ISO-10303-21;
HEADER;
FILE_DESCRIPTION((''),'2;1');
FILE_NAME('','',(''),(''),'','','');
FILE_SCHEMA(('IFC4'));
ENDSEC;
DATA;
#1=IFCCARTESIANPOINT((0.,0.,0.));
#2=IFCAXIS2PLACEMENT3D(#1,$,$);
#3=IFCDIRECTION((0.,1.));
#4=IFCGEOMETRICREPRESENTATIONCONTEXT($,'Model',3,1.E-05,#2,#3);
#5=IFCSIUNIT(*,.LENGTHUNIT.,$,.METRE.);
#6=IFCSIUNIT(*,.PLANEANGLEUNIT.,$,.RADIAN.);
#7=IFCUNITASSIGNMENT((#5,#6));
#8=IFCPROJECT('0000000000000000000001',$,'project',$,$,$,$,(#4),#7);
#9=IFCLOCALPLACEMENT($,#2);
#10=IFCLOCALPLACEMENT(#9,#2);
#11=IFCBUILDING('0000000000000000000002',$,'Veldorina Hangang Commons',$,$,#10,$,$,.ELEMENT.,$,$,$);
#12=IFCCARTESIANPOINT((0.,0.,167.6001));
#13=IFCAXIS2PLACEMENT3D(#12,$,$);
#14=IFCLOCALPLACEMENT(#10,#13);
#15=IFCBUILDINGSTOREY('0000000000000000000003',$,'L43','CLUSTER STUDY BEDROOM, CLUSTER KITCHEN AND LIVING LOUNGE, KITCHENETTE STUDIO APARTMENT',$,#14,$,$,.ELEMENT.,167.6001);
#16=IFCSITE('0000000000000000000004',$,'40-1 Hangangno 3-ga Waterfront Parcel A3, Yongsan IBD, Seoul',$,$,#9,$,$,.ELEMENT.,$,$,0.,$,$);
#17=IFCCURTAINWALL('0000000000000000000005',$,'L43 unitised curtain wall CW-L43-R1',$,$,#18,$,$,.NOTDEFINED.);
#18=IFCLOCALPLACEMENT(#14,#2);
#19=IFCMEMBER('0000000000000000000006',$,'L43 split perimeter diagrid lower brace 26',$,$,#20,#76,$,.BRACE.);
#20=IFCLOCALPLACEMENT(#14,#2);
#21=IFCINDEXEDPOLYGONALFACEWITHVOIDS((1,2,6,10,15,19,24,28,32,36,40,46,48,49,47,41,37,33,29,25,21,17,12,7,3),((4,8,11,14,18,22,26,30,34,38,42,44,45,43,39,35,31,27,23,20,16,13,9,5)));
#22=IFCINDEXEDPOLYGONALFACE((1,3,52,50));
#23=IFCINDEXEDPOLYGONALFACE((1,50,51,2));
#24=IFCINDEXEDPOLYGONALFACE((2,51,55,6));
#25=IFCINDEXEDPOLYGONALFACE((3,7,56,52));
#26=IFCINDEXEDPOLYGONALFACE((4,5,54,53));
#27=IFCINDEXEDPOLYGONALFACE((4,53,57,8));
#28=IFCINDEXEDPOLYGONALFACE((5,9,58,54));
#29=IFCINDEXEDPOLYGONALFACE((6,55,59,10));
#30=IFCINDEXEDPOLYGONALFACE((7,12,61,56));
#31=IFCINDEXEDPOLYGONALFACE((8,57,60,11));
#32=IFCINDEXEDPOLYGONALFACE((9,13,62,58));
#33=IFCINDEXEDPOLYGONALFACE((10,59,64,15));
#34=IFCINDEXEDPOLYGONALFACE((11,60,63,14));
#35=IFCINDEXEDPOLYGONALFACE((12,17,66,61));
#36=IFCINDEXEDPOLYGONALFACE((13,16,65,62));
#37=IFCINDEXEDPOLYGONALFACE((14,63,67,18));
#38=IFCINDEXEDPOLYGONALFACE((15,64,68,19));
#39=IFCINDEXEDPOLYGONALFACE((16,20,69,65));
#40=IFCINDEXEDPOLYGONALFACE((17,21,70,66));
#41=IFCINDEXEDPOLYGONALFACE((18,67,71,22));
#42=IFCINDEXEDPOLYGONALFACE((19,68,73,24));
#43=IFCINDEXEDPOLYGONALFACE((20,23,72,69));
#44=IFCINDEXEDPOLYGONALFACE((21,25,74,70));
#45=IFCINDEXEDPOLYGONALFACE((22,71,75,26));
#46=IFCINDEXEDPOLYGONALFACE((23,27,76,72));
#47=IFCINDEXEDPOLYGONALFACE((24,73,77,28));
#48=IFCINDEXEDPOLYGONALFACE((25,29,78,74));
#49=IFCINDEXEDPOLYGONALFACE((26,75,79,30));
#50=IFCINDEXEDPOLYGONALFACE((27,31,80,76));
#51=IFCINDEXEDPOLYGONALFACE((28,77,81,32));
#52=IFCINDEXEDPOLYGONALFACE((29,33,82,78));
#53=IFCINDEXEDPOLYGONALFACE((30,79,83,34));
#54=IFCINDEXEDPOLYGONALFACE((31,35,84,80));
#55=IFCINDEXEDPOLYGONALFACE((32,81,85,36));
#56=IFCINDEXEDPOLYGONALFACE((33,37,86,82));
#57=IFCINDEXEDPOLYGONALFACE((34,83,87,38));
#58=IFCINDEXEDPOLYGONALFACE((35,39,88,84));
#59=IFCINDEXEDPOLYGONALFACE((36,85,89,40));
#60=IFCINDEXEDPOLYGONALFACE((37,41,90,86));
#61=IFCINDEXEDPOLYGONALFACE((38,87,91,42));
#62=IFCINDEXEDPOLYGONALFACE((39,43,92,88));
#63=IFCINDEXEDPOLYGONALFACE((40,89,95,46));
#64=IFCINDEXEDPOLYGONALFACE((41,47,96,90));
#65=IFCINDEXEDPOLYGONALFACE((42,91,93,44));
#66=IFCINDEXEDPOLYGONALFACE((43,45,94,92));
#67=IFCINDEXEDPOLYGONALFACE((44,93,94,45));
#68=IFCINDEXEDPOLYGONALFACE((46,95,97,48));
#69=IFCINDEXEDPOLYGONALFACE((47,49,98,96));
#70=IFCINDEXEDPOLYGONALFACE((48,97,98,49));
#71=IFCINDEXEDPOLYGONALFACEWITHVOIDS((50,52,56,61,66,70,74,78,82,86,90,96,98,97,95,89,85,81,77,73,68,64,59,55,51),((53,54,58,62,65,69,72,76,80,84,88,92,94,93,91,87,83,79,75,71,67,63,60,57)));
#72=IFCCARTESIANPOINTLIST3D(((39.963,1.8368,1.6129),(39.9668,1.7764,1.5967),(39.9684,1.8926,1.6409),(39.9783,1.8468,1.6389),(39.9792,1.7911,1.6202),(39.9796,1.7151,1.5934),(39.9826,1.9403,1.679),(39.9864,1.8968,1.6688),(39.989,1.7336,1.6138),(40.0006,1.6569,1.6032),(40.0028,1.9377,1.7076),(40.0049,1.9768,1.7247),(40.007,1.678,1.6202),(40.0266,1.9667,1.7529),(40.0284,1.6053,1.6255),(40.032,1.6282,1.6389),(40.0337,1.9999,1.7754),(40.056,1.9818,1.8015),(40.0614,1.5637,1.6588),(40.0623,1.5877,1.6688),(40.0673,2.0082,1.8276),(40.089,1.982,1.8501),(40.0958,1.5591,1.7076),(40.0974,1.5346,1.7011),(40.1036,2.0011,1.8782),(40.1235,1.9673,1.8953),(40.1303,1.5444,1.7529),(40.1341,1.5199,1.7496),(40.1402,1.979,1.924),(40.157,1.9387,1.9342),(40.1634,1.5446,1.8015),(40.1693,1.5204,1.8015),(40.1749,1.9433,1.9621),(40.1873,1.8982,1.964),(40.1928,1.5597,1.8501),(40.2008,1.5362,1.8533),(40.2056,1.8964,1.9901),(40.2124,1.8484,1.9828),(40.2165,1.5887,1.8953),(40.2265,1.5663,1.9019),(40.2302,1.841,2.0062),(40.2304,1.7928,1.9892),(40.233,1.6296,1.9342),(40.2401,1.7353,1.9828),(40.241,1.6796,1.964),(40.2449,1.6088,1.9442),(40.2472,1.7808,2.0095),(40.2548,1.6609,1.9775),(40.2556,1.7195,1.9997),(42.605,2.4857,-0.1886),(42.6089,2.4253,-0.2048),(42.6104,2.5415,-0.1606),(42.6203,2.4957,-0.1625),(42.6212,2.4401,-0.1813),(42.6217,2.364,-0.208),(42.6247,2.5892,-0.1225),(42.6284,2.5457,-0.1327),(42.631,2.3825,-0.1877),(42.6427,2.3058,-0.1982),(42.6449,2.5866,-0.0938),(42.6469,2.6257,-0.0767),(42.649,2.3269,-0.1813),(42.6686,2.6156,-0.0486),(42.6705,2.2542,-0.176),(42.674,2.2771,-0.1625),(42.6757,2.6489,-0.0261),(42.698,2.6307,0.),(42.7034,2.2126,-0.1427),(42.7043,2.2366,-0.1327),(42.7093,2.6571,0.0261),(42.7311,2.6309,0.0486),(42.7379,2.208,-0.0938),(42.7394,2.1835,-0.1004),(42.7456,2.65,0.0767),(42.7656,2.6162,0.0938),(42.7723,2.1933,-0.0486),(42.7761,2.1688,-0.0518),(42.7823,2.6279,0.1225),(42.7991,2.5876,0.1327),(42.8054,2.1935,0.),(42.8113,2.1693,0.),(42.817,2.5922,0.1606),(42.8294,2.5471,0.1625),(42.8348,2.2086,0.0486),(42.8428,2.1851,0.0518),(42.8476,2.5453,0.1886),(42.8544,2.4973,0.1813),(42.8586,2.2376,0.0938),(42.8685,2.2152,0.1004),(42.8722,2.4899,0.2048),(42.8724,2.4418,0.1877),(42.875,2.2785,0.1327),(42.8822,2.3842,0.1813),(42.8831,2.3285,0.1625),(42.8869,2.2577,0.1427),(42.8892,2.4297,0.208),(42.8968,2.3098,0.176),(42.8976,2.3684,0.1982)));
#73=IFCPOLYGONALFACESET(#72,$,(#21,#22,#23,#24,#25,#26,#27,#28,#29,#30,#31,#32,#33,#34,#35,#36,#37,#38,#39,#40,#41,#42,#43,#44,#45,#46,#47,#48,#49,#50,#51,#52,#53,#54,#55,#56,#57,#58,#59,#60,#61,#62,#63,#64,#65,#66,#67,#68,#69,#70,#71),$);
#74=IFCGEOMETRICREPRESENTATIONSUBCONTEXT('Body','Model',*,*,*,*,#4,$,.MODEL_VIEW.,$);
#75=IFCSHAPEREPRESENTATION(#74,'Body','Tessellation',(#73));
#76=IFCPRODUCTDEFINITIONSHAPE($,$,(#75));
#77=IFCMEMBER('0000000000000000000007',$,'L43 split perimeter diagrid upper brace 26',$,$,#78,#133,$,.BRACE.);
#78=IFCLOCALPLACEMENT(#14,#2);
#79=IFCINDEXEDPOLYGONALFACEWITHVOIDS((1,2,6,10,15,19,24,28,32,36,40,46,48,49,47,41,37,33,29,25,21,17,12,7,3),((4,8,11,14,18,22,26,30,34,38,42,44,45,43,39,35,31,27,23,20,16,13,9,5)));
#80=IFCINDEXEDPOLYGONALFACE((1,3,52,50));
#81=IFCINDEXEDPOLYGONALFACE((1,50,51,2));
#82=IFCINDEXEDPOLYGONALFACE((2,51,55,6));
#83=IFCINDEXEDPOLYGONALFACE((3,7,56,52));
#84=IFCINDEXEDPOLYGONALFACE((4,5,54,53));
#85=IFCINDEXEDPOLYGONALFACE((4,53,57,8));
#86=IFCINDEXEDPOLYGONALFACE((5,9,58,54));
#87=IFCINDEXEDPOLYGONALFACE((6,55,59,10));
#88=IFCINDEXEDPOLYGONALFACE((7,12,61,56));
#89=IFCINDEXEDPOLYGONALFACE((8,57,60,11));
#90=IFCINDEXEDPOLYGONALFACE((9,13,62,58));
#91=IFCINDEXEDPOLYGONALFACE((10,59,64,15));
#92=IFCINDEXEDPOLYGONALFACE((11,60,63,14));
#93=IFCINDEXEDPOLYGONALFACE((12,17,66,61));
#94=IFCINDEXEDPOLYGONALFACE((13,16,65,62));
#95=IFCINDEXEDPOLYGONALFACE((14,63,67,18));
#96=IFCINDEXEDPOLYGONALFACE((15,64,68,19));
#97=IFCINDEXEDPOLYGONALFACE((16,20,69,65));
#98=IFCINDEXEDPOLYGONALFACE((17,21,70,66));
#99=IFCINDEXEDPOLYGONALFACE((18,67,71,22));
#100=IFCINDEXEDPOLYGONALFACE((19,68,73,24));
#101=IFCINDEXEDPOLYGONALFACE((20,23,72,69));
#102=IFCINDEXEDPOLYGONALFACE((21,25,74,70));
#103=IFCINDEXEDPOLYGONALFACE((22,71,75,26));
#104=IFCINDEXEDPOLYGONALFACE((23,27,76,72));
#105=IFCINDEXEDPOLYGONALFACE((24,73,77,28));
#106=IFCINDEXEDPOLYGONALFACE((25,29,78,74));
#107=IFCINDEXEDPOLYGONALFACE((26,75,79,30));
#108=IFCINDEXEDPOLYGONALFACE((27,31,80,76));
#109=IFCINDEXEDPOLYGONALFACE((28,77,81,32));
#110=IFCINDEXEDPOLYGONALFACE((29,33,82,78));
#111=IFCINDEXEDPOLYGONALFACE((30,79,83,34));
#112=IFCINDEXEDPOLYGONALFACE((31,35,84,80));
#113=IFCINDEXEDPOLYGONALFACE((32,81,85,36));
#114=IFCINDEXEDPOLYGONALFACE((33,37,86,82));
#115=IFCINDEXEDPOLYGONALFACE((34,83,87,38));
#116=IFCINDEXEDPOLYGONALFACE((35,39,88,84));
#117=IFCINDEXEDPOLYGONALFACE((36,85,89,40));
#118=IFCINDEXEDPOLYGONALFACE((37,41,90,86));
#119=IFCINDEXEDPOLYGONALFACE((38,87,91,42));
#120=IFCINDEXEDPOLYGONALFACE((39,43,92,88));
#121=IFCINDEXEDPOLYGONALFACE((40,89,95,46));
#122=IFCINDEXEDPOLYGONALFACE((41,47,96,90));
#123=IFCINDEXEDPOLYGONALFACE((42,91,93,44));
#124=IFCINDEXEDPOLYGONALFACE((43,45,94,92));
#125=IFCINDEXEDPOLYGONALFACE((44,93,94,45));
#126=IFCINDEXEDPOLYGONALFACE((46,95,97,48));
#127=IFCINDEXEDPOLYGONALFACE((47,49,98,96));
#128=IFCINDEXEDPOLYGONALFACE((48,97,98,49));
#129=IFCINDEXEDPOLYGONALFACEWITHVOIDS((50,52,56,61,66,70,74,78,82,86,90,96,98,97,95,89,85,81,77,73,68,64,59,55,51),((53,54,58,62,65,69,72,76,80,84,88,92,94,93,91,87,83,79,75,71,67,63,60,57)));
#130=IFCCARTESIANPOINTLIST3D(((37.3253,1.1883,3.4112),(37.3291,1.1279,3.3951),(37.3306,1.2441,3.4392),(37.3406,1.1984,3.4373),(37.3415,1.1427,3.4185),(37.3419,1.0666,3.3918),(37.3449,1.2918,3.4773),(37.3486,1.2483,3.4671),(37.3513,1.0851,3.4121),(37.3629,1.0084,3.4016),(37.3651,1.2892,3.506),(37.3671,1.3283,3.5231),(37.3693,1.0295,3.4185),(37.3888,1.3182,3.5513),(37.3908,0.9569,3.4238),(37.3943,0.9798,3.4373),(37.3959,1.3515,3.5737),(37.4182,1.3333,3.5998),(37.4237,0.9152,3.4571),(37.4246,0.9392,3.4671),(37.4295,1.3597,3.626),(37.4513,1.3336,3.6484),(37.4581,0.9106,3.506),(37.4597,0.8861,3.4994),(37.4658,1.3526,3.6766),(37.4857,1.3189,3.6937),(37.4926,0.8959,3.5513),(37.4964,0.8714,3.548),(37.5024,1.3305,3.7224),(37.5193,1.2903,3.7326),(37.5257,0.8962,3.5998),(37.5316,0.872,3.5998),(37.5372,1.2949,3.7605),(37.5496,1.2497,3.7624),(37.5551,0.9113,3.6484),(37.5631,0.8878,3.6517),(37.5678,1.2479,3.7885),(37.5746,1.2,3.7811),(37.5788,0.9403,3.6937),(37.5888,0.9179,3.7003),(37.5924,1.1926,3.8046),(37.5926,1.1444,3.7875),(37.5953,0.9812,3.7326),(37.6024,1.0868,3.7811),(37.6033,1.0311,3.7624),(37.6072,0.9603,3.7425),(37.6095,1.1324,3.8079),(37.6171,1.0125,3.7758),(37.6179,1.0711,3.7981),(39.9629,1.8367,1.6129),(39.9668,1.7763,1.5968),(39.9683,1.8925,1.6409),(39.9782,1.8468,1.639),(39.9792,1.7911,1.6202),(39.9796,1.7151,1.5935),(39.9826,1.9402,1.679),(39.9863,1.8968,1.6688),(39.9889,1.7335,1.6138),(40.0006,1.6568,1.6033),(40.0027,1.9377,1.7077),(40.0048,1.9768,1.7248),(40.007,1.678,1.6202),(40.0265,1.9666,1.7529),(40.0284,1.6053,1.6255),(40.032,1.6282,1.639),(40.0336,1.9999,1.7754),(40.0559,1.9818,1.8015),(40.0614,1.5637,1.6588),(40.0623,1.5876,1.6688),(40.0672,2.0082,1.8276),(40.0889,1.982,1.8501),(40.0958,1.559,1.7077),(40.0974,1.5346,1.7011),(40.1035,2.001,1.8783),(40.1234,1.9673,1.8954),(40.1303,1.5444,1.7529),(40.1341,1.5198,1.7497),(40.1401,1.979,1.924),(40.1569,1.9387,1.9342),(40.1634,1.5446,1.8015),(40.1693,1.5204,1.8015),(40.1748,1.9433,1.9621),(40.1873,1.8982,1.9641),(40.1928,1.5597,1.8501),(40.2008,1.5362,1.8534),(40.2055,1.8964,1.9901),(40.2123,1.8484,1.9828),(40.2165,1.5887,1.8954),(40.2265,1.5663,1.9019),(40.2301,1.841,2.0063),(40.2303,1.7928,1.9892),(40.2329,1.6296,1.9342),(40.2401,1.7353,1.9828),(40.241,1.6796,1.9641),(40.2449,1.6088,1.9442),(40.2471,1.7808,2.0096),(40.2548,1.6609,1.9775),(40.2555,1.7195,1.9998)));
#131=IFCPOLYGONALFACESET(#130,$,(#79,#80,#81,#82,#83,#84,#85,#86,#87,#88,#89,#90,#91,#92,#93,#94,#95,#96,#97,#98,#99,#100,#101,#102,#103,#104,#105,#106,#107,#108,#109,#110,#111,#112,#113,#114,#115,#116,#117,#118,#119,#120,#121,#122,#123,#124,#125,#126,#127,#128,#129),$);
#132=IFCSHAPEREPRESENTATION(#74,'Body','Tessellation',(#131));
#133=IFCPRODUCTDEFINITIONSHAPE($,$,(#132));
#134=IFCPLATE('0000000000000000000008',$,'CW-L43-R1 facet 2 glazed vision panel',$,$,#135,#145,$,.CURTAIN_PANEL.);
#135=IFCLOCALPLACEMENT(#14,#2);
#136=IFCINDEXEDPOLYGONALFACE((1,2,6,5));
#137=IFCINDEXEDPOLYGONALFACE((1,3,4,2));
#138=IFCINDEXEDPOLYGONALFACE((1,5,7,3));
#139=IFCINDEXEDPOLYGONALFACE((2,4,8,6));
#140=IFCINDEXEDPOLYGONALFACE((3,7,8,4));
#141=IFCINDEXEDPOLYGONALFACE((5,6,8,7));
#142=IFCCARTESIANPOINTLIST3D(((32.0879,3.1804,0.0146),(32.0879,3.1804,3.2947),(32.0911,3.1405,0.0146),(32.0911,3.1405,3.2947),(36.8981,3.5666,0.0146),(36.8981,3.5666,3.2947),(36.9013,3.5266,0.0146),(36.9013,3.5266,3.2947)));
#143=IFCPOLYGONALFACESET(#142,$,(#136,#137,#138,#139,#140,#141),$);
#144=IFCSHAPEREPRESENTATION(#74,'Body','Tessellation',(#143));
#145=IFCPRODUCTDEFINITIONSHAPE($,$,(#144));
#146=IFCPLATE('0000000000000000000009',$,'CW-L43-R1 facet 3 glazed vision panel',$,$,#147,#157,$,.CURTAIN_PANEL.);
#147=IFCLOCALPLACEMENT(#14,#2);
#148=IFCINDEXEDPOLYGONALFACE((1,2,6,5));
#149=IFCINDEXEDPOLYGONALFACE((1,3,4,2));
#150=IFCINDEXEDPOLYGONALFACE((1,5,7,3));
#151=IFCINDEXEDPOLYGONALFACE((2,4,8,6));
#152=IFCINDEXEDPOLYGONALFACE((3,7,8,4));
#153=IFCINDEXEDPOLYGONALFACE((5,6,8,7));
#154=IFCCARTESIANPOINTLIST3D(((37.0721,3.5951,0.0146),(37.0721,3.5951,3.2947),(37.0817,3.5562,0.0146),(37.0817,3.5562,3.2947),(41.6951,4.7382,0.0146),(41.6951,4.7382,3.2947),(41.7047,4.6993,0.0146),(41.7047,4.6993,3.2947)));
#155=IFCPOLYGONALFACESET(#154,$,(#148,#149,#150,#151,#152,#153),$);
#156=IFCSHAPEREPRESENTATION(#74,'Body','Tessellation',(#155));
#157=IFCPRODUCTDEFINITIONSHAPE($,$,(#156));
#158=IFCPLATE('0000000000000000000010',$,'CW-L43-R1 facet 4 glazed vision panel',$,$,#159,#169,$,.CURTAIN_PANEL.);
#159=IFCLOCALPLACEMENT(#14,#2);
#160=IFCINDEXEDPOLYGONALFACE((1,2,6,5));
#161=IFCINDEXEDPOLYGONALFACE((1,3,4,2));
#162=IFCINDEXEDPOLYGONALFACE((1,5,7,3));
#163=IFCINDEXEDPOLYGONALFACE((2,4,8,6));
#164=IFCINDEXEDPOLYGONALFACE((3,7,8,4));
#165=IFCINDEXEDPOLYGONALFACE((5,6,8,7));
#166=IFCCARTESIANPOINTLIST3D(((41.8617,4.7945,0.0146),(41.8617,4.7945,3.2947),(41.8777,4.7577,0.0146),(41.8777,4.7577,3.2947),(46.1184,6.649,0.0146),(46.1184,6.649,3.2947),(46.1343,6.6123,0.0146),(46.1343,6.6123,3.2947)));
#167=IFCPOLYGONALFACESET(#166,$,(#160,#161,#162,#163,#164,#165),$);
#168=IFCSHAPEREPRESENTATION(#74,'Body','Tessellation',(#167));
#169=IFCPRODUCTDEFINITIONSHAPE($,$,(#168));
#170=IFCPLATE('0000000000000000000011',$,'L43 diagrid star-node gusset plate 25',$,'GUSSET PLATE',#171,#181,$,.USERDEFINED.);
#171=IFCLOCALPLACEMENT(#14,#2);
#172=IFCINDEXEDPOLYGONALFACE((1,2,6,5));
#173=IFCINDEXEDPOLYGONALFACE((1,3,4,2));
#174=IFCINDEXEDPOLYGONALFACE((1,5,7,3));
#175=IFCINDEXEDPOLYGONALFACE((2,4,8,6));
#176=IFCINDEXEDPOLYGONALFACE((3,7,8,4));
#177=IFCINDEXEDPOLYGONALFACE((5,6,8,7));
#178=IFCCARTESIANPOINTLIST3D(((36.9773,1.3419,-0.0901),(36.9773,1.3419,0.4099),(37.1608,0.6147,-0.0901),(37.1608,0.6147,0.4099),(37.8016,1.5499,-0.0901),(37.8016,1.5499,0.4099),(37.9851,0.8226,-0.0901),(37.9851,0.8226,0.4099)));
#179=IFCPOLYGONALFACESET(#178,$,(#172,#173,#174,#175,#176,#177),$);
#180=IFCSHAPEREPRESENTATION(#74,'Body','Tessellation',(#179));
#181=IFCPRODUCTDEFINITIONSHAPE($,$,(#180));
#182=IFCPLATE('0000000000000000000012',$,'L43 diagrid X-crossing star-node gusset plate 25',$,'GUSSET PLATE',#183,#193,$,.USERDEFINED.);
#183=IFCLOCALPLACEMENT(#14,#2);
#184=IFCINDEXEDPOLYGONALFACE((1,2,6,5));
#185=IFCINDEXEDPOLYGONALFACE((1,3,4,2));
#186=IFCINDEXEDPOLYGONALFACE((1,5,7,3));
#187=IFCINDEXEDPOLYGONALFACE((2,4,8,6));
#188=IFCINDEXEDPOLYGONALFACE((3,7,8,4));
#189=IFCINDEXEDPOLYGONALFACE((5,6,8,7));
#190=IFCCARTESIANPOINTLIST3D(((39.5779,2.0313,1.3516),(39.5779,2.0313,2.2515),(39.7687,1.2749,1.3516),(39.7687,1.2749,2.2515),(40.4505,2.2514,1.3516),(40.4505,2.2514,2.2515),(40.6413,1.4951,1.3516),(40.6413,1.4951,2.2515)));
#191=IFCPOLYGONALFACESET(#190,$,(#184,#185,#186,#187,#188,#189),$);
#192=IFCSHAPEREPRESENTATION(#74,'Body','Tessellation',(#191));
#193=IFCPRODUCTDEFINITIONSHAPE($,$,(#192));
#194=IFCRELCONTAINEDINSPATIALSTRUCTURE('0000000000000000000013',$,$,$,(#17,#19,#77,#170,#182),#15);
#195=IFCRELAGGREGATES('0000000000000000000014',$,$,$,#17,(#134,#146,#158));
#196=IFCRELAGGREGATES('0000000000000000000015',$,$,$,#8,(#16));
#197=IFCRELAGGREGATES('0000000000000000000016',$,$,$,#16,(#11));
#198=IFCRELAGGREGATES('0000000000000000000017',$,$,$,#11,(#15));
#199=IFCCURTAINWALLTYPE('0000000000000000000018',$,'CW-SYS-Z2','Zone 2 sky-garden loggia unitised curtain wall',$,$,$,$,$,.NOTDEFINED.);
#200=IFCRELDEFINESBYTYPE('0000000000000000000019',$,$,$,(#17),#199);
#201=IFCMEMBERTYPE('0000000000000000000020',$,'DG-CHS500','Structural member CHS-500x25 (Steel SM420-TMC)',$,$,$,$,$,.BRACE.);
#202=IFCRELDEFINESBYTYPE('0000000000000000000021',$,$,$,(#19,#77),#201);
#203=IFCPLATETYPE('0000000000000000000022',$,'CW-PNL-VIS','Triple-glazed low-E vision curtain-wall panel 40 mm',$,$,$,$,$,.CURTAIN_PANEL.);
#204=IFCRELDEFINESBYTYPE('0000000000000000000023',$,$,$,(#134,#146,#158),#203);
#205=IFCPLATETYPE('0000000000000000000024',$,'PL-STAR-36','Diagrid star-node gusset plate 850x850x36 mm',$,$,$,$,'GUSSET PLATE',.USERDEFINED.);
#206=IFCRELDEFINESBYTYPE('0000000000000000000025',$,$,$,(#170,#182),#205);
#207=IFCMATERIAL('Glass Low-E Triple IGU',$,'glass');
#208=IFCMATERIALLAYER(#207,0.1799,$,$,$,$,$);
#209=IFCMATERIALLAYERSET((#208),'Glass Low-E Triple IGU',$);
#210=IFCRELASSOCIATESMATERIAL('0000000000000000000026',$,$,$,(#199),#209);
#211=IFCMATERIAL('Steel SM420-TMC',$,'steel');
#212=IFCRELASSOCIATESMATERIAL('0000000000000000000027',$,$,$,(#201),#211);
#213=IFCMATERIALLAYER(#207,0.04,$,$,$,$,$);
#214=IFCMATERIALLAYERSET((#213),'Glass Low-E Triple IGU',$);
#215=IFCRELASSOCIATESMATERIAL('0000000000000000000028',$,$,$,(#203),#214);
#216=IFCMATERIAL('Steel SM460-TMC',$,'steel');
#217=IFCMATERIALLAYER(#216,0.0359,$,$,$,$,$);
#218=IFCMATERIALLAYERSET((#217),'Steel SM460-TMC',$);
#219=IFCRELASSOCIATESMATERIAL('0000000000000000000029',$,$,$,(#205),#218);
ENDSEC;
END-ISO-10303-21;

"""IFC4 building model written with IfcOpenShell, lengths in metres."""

from ifc_helpers import new_model, si_unit, direction, frame, origin, origin_2d, place, context, subcontext, project, spatial, rectangle, hollow_circle, extrude, material, layer, layer_set, material_profile, profile_set, type_object, element, aggregate, save


model = new_model("IFC4")

# Units and contexts
model_context = context("Model", 3, precision=1e-05, world=origin(), true_north=direction((0.0, 1.0)))
body_context = subcontext(model_context, "Body", "Model", "MODEL_VIEW")
ifc_project = project(units=[si_unit("LENGTHUNIT", "METRE"), si_unit("PLANEANGLEUNIT", "RADIAN")], contexts=[model_context])

# Site, building, storey
site_placement = place(None, origin())
site = spatial("IfcSite", under=ifc_project, at=site_placement, Name="40-1 Hangangno 3-ga Waterfront Parcel A3, Yongsan IBD, Seoul", CompositionType="ELEMENT", RefElevation=0.0)
building_placement = place(site_placement, origin())
building = spatial("IfcBuilding", under=site, at=building_placement, Name="Veldorina Hangang Commons", CompositionType="ELEMENT")
storey_placement = place(building_placement, frame((0.0, 0.0, 167.6001)))
storey = spatial("IfcBuildingStorey", under=building, at=storey_placement, Name="L43", Description="CLUSTER STUDY BEDROOM, CLUSTER KITCHEN AND LIVING LOUNGE, KITCHENETTE STUDIO APARTMENT", CompositionType="ELEMENT", Elevation=167.6001)

# Shared definitions
ifc_material_1 = material(Name="Steel SM420-TMC", Category="steel")

# Curtain wall
ifc_material_2 = material(Name="Glass Low-E Triple IGU", Category="glass")
ifc_layer_1 = layer(ifc_material_2, 0.1799)
ifc_layer_set_1 = layer_set([ifc_layer_1], Name="Glass Low-E Triple IGU")
curtain_wall_type = type_object("IfcCurtainWallType", Name="CW-SYS-Z2", Description="Zone 2 sky-garden loggia unitised curtain wall", PredefinedType="NOTDEFINED", material=ifc_layer_set_1)
curtain_wall_placement = place(storey_placement, origin())
curtain_wall = element("IfcCurtainWall", 1, at=curtain_wall_placement, inside=storey, type_object=curtain_wall_type, Name="L43 unitised curtain wall CW-L43-R1", PredefinedType="NOTDEFINED")

# Members
ifc_material_profile_1 = material_profile(ifc_material_1, hollow_circle(Radius=0.25, WallThickness=0.0249, at=origin_2d()), Name="CHS-500x25")
ifc_profile_set_1 = profile_set([ifc_material_profile_1], Name="Steel SM420-TMC")
member_type_1 = type_object("IfcMemberType", Name="DG-CHS500", Description="Structural member CHS-500x25 (Steel SM420-TMC)", PredefinedType="BRACE", material=ifc_profile_set_1)
member_1_placement = place(storey_placement, frame((42.7517, 2.4121, 0.0), z_axis=(-0.809711, -0.198874, 0.552103), x_axis=(0.238522, -0.971137, 0.0)))
element("IfcMember", 2, at=member_1_placement, inside=storey, type_object=member_type_1, Name="L43 split perimeter diagrid lower brace 26", PredefinedType="BRACE", context=body_context, shape_type="SweptSolid", body=[
    extrude(hollow_circle(Radius=0.25, WallThickness=0.0249, at=origin_2d()), origin(), (0.0, 0.0, 1.0), 3.2629),
])
member_2_placement = place(storey_placement, frame((40.1096, 1.7632, 1.8015), z_axis=(-0.809706, -0.199054, 0.552045), x_axis=(0.238727, -0.971087, 0.0)))
element("IfcMember", 3, at=member_2_placement, inside=storey, type_object=member_type_1, Name="L43 split perimeter diagrid upper brace 26", PredefinedType="BRACE", context=body_context, shape_type="SweptSolid", body=[
    extrude(hollow_circle(Radius=0.25, WallThickness=0.0249, at=origin_2d()), origin(), (0.0, 0.0, 1.0), 3.2576),
])

# Plates
ifc_layer_2 = layer(ifc_material_2, 0.04)
ifc_layer_set_2 = layer_set([ifc_layer_2], Name="Glass Low-E Triple IGU")
plate_type_1 = type_object("IfcPlateType", Name="CW-PNL-VIS", Description="Triple-glazed low-E vision curtain-wall panel 40 mm", PredefinedType="CURTAIN_PANEL", material=ifc_layer_set_2)
plate_1_placement = place(storey_placement, frame((34.4946, 3.3535, 0.0146), z_axis=(0.0, 0.0, 1.0), x_axis=(0.996793, 0.080025, 0.0)))
plate_1 = element("IfcPlate", 4, at=plate_1_placement, type_object=plate_type_1, Name="CW-L43-R1 facet 2 glazed vision panel", PredefinedType="CURTAIN_PANEL", context=body_context, shape_type="SweptSolid", body=[
    extrude(rectangle(XDim=4.8257, YDim=0.04, at=origin_2d()), origin(), (0.0, 0.0, 1.0), 3.28),
])
plate_2_placement = place(storey_placement, frame((39.3884, 4.1472, 0.0146), z_axis=(0.0, 0.0, 1.0), x_axis=(0.970763, 0.240042, 0.0)))
plate_2 = element("IfcPlate", 5, at=plate_2_placement, type_object=plate_type_1, Name="CW-L43-R1 facet 3 glazed vision panel", PredefinedType="CURTAIN_PANEL", context=body_context, shape_type="SweptSolid", body=[
    extrude(rectangle(XDim=4.7622, YDim=0.04, at=origin_2d()), origin(), (0.0, 0.0, 1.0), 3.28),
])
plate_3_placement = place(storey_placement, frame((43.998, 5.7034, 0.0146), z_axis=(0.0, 0.0, 1.0), x_axis=(0.916768, 0.399421, 0.0)))
plate_3 = element("IfcPlate", 6, at=plate_3_placement, type_object=plate_type_1, Name="CW-L43-R1 facet 4 glazed vision panel", PredefinedType="CURTAIN_PANEL", context=body_context, shape_type="SweptSolid", body=[
    extrude(rectangle(XDim=4.6431, YDim=0.04, at=origin_2d()), origin(), (0.0, 0.0, 1.0), 3.28),
])
aggregate(curtain_wall, [plate_1, plate_2, plate_3])

# Plates
ifc_material_3 = material(Name="Steel SM460-TMC", Category="steel")
ifc_layer_3 = layer(ifc_material_3, 0.0359)
ifc_layer_set_3 = layer_set([ifc_layer_3], Name="Steel SM460-TMC")
plate_type_2 = type_object("IfcPlateType", Name="PL-STAR-36", Description="Diagrid star-node gusset plate 850x850x36 mm", ElementType="GUSSET PLATE", PredefinedType="USERDEFINED", material=ifc_layer_set_3)
plate_4_placement = place(storey_placement, frame((37.4812, 1.0823, -0.0901), z_axis=(0.0, 0.0, 1.0), x_axis=(0.969616, 0.244631, 0.0)))
element("IfcPlate", 7, at=plate_4_placement, inside=storey, type_object=plate_type_2, Name="L43 diagrid star-node gusset plate 25", ObjectType="GUSSET PLATE", PredefinedType="USERDEFINED", context=body_context, shape_type="SweptSolid", body=[
    extrude(rectangle(XDim=0.8501, YDim=0.75, at=origin_2d()), origin(), (0.0, 0.0, 1.0), 0.5),
])
plate_5_placement = place(storey_placement, frame((40.1096, 1.7632, 1.3516), z_axis=(0.0, 0.0, 1.0), x_axis=(0.969616, 0.244631, 0.0)))
element("IfcPlate", 8, at=plate_5_placement, inside=storey, type_object=plate_type_2, Name="L43 diagrid X-crossing star-node gusset plate 25", ObjectType="GUSSET PLATE", PredefinedType="USERDEFINED", context=body_context, shape_type="SweptSolid", body=[
    extrude(rectangle(XDim=0.8999, YDim=0.78, at=origin_2d()), origin(), (0.0, 0.0, 1.0), 0.8999),
])

save(model, "model.ifc")
